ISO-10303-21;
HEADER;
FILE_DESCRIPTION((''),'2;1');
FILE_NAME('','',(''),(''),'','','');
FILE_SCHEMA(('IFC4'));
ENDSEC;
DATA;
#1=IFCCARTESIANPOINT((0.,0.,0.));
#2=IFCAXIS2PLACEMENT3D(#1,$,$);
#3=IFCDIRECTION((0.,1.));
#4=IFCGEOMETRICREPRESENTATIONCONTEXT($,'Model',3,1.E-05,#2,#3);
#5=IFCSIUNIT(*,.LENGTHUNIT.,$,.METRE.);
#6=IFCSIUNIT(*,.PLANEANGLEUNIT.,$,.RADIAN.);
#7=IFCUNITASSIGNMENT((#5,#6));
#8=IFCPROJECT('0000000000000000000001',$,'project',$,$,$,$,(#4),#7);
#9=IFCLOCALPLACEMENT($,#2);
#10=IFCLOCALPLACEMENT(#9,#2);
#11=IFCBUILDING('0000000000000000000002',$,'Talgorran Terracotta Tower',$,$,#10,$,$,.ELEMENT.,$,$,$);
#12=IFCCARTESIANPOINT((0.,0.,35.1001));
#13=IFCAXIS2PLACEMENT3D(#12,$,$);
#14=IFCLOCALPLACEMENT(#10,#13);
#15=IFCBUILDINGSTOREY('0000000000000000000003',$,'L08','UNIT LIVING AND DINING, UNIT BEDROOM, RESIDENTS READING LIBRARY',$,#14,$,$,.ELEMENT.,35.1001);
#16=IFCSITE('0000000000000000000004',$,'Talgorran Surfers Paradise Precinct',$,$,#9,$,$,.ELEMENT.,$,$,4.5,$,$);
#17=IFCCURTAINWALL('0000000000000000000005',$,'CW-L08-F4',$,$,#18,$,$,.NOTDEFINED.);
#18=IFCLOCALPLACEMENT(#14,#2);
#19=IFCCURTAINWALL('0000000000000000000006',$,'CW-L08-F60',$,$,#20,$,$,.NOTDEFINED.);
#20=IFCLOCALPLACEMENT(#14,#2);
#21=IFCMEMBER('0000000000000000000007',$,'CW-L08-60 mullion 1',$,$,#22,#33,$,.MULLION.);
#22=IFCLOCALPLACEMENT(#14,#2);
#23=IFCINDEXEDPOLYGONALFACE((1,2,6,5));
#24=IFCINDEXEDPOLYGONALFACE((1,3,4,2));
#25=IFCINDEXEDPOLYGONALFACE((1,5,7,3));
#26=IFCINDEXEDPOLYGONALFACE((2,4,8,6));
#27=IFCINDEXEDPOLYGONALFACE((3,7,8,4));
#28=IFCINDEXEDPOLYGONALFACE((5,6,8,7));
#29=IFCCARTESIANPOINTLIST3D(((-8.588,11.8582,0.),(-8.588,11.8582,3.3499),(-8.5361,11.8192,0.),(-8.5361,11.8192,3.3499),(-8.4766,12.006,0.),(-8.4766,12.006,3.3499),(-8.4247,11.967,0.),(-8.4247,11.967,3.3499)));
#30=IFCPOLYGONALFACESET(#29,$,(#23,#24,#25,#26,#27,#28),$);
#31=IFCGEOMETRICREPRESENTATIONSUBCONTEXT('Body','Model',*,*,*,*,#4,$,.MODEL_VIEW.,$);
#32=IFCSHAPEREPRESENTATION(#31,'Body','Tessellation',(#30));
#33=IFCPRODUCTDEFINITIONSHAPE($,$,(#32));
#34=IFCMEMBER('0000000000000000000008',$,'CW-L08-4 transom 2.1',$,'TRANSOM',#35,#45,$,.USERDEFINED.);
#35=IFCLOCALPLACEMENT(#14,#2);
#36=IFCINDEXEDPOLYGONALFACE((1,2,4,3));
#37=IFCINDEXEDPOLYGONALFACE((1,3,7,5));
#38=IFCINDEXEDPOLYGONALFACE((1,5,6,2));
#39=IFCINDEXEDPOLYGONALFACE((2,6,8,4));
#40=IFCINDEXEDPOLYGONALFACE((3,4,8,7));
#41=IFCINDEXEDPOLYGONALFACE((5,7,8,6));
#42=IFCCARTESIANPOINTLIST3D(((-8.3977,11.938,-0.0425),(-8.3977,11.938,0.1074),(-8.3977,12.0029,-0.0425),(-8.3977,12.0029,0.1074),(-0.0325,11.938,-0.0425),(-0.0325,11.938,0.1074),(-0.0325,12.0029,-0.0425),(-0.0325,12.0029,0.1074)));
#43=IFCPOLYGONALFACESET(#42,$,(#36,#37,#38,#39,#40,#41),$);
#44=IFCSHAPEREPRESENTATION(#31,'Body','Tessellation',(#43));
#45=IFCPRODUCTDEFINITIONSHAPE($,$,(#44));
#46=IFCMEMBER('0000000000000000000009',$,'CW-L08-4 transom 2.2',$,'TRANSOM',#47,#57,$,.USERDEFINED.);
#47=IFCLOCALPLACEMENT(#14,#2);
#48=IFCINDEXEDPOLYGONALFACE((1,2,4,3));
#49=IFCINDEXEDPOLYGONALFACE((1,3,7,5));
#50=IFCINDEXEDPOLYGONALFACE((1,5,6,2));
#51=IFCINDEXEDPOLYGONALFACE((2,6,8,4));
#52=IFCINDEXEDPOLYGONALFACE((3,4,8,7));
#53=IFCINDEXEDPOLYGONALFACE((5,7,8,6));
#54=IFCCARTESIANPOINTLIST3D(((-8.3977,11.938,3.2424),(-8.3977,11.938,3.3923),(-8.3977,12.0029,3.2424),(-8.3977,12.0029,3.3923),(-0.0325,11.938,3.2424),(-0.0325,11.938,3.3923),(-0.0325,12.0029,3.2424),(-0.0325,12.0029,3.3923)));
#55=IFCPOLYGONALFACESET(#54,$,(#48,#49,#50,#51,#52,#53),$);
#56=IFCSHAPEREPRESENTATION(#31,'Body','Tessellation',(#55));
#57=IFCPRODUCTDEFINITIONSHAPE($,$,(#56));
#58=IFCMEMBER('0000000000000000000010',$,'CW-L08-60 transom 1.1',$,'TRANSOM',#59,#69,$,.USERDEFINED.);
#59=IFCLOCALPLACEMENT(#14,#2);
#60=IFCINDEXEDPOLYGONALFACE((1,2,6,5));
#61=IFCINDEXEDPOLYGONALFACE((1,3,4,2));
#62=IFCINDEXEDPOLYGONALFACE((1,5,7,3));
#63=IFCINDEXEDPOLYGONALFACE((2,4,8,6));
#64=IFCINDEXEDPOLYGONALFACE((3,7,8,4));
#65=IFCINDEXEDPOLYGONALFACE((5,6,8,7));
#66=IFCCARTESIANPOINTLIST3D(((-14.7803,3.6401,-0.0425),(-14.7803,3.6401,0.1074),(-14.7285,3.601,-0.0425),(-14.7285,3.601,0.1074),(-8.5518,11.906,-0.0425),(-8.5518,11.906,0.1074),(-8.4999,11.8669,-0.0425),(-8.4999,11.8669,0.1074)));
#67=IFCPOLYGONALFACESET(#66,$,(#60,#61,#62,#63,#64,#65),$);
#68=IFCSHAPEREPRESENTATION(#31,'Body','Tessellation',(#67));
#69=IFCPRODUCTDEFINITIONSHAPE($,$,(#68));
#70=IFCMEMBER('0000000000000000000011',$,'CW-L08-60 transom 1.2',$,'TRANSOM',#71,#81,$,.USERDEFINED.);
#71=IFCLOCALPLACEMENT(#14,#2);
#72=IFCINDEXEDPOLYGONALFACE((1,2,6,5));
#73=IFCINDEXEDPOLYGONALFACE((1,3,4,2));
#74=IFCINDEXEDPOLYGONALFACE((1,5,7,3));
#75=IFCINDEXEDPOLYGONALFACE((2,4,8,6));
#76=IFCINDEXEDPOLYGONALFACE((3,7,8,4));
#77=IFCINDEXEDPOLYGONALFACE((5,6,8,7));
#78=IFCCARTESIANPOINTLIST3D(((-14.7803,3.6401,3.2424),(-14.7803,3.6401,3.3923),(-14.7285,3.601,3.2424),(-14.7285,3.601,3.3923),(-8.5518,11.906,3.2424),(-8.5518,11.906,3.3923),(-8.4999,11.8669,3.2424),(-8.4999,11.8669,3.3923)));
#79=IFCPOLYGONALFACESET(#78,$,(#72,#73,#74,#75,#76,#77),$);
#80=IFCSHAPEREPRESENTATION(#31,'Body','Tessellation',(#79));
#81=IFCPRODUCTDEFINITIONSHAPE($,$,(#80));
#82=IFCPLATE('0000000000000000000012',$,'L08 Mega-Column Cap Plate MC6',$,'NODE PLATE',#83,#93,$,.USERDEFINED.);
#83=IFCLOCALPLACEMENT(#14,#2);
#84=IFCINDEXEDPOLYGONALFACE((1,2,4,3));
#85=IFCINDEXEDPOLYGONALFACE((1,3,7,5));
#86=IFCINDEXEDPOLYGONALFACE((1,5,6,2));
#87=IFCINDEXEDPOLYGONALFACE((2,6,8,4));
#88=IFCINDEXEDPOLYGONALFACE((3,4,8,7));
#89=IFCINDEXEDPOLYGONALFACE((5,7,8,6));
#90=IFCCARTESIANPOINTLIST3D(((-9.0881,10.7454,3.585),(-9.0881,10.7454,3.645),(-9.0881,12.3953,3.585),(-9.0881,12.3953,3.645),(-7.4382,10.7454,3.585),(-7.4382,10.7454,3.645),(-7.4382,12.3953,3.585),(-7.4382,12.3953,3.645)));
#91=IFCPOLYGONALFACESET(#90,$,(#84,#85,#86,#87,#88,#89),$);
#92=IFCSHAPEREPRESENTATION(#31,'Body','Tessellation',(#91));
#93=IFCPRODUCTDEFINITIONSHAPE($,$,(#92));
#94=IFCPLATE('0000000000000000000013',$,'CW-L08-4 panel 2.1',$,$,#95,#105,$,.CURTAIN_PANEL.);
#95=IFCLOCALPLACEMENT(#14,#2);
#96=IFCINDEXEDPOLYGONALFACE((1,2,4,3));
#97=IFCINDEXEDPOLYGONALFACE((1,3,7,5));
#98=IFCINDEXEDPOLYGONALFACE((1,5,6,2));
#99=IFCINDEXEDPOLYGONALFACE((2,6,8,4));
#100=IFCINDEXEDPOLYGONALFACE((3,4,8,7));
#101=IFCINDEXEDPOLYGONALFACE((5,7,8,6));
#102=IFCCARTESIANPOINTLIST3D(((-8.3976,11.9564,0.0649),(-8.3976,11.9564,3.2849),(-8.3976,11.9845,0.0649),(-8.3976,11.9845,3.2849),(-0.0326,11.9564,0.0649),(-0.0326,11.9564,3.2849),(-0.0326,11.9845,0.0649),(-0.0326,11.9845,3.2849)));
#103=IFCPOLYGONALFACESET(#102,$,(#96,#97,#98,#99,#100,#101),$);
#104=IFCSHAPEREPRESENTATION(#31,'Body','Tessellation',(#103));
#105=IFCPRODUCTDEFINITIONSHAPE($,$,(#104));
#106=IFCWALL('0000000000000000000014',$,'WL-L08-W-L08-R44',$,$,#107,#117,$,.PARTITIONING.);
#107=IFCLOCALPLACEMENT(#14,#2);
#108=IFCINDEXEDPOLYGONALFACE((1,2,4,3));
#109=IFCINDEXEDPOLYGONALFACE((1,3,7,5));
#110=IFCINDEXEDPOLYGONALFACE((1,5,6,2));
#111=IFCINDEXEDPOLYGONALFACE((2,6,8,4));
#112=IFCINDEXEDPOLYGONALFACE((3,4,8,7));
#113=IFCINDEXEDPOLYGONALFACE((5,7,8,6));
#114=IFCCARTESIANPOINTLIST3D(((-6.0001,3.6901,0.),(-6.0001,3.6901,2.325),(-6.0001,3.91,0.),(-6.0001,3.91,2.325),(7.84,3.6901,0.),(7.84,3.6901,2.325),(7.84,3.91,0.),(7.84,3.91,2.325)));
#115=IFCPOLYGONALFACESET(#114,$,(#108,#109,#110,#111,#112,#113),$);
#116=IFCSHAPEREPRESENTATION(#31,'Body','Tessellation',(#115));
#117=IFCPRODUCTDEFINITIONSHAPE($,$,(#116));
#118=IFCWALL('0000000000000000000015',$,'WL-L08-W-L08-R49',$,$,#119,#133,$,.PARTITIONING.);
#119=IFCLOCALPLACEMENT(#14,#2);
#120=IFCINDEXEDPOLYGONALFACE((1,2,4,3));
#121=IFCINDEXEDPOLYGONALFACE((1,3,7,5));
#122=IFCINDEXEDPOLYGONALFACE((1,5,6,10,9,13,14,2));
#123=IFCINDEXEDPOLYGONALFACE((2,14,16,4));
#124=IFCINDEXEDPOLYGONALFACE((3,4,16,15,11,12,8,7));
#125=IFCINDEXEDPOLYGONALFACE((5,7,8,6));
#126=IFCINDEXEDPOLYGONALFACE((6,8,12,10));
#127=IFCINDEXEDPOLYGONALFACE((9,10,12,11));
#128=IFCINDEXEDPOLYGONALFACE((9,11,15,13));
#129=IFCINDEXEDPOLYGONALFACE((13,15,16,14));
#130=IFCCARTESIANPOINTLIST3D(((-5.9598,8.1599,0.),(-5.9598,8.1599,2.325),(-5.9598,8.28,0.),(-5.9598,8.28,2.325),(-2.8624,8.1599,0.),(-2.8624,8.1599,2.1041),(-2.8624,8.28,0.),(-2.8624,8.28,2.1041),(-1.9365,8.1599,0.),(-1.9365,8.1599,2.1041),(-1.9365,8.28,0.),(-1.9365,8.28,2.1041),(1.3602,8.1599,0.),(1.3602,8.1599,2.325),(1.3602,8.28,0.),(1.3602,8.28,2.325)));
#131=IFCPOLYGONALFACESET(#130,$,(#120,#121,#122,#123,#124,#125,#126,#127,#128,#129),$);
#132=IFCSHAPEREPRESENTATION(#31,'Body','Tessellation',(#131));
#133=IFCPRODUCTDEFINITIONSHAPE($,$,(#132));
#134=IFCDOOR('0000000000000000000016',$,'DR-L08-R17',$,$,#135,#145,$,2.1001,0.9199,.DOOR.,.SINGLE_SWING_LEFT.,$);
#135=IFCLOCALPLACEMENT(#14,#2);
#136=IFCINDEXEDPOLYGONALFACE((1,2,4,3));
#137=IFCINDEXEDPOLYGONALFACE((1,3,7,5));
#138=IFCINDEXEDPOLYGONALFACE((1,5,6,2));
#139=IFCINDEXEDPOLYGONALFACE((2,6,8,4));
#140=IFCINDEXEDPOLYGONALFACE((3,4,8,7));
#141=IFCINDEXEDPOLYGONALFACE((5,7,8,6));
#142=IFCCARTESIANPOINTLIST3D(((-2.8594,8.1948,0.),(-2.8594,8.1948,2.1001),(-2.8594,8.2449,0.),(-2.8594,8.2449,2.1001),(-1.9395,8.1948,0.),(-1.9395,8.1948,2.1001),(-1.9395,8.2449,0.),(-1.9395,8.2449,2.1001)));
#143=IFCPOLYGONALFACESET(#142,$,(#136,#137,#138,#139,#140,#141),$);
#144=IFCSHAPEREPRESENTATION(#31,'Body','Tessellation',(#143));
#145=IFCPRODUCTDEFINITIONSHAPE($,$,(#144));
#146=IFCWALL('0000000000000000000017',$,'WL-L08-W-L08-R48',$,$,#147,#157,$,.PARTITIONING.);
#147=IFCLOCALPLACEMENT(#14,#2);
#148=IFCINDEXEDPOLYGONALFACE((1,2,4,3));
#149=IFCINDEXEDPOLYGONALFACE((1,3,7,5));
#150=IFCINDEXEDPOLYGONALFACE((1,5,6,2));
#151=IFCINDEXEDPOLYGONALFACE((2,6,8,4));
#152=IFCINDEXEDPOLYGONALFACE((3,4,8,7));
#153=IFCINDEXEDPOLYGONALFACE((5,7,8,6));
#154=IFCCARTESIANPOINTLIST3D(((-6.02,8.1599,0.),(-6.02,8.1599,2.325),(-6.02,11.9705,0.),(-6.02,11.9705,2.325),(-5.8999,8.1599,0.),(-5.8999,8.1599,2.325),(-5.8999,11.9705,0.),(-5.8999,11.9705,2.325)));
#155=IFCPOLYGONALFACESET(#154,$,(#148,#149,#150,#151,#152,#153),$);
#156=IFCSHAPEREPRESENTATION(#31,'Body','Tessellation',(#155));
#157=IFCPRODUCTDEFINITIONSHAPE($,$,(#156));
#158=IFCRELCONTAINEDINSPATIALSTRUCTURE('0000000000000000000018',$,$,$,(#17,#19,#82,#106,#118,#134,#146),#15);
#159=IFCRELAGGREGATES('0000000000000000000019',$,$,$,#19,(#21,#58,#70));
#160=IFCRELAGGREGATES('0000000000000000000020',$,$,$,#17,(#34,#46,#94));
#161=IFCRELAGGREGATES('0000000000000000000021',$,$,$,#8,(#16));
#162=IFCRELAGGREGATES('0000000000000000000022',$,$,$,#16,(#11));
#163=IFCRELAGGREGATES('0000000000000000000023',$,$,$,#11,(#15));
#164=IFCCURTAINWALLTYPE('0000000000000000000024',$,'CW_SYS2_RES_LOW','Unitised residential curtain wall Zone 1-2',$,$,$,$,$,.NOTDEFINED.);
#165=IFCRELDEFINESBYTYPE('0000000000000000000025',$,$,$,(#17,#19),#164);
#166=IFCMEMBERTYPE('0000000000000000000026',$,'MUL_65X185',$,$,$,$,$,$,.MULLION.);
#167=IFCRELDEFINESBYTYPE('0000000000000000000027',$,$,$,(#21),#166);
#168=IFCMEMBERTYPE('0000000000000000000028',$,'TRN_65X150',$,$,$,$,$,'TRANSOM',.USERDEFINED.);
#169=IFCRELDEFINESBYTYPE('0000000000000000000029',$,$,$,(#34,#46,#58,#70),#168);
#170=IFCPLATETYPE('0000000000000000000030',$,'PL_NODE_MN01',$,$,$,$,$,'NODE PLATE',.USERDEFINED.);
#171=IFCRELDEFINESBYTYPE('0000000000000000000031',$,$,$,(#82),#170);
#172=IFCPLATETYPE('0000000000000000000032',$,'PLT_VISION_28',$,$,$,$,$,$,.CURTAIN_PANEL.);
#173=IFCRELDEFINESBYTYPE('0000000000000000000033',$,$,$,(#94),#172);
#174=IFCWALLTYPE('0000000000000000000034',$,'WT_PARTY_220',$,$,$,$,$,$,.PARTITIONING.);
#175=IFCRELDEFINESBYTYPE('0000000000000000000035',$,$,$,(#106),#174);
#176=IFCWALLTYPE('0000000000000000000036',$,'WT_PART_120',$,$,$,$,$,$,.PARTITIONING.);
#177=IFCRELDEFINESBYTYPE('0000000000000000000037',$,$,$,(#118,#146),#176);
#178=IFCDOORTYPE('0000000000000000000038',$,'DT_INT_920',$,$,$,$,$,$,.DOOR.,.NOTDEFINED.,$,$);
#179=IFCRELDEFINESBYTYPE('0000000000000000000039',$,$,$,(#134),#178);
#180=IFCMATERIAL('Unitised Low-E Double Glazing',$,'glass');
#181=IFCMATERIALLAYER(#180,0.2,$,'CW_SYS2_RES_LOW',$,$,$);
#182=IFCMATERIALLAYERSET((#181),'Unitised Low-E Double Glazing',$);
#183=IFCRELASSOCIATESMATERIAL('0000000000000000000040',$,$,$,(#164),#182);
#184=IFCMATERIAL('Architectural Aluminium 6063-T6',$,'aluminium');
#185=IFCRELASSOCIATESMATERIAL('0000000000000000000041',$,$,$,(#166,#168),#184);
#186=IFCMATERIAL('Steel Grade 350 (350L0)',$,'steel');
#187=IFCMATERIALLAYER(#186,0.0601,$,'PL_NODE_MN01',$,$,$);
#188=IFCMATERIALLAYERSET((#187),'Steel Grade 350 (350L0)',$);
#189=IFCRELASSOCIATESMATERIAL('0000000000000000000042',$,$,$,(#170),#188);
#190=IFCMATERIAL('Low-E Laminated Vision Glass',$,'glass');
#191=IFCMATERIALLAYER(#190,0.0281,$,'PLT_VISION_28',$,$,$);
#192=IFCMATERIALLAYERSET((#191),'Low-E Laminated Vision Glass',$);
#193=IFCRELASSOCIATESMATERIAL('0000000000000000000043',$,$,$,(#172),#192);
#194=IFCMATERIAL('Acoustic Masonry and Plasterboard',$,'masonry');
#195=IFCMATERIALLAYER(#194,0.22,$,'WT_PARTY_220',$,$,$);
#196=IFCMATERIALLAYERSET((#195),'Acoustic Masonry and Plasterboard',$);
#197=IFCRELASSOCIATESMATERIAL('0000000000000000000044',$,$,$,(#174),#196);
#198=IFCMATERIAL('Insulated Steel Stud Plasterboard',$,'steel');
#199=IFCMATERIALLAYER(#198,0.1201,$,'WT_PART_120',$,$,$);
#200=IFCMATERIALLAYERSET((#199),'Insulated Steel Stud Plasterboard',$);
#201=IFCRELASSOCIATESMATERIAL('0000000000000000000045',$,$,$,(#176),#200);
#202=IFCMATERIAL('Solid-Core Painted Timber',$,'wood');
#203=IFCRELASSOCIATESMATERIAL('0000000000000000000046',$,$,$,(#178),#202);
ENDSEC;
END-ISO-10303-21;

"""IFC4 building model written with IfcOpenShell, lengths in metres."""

from ifc_helpers import new_model, si_unit, direction, frame, frame_2d, origin, origin_2d, place, context, subcontext, project, spatial, rectangle, extrude, source, transform, mapped, material, layer, layer_set, material_profile, profile_set, type_object, type_shapes, element, fill, aggregate, save


model = new_model("IFC4")

# Units and contexts
model_context = context("Model", 3, precision=1e-05, world=origin(), true_north=direction((0.0, 1.0)))
body_context = subcontext(model_context, "Body", "Model", "MODEL_VIEW")
ifc_project = project(units=[si_unit("LENGTHUNIT", "METRE"), si_unit("PLANEANGLEUNIT", "RADIAN")], contexts=[model_context])

# Site, building, storey
site_placement = place(None, origin())
site = spatial("IfcSite", under=ifc_project, at=site_placement, Name="Talgorran Surfers Paradise Precinct", CompositionType="ELEMENT", RefElevation=4.5)
building_placement = place(site_placement, origin())
building = spatial("IfcBuilding", under=site, at=building_placement, Name="Talgorran Terracotta Tower", CompositionType="ELEMENT")
storey_placement = place(building_placement, frame((0.0, 0.0, 35.1001)))
storey = spatial("IfcBuildingStorey", under=building, at=storey_placement, Name="L08", Description="UNIT LIVING AND DINING, UNIT BEDROOM, RESIDENTS READING LIBRARY", CompositionType="ELEMENT", Elevation=35.1001)

# Shared definitions
ifc_material_1 = material(Name="Steel Grade 350 (350L0)", Category="steel")

# Curtain walls, member
ifc_material_2 = material(Name="Unitised Low-E Double Glazing", Category="glass")
ifc_layer_1 = layer(ifc_material_2, 0.2, Name="CW_SYS2_RES_LOW")
ifc_layer_set_1 = layer_set([ifc_layer_1], Name="Unitised Low-E Double Glazing")
curtain_wall_type = type_object("IfcCurtainWallType", Name="CW_SYS2_RES_LOW", Description="Unitised residential curtain wall Zone 1-2", PredefinedType="NOTDEFINED", material=ifc_layer_set_1)
curtain_wall_1_placement = place(storey_placement, origin())
curtain_wall_1 = element("IfcCurtainWall", 1, at=curtain_wall_1_placement, inside=storey, type_object=curtain_wall_type, Name="CW-L08-F4", PredefinedType="NOTDEFINED")
ifc_material_3 = material(Name="Architectural Aluminium 6063-T6", Category="aluminium")
ifc_material_profile_1 = material_profile(ifc_material_3, rectangle(XDim=0.0649, YDim=0.1851, at=origin_2d()), Name="CWM65X185")
ifc_profile_set_1 = profile_set([ifc_material_profile_1], Name="Architectural Aluminium 6063-T6")
member_type_1 = type_object("IfcMemberType", Name="MUL_65X185", PredefinedType="MULLION", material=ifc_profile_set_1)
curtain_wall_2_placement = place(storey_placement, origin())
curtain_wall_2 = element("IfcCurtainWall", 2, at=curtain_wall_2_placement, inside=storey, type_object=curtain_wall_type, Name="CW-L08-F60", PredefinedType="NOTDEFINED")
member_1_placement = place(storey_placement, frame((-8.5063, 11.9126, 0.0), z_axis=(0.0, 0.0, 1.0), x_axis=(0.798641, -0.601808, 0.0)))
member_1 = element("IfcMember", 3, at=member_1_placement, type_object=member_type_1, Name="CW-L08-60 mullion 1", PredefinedType="MULLION", context=body_context, shape_type="SweptSolid", body=[
    extrude(rectangle(XDim=0.0649, YDim=0.1851, at=origin_2d()), origin(), (0.0, 0.0, 1.0), 3.3499),
])

# Members
ifc_material_profile_2 = material_profile(ifc_material_3, rectangle(XDim=0.0649, YDim=0.1499, at=origin_2d()), Name="CWT65X150")
ifc_profile_set_2 = profile_set([ifc_material_profile_2], Name="Architectural Aluminium 6063-T6")
member_type_2 = type_object("IfcMemberType", Name="TRN_65X150", ElementType="TRANSOM", PredefinedType="USERDEFINED", material=ifc_profile_set_2)
member_2_placement = place(storey_placement, frame((-0.0325, 11.9705, 0.0325), z_axis=(-1.0, 0.0, 0.0), x_axis=(0.0, -1.0, 0.0)))
member_2 = element("IfcMember", 4, at=member_2_placement, type_object=member_type_2, Name="CW-L08-4 transom 2.1", ObjectType="TRANSOM", PredefinedType="USERDEFINED", context=body_context, shape_type="SweptSolid", body=[
    extrude(rectangle(XDim=0.0649, YDim=0.1499, at=origin_2d()), origin(), (0.0, 0.0, 1.0), 8.3652),
])
member_3_placement = place(storey_placement, frame((-0.0325, 11.9705, 3.3174), z_axis=(-1.0, 0.0, 0.0), x_axis=(0.0, -1.0, 0.0)))
member_3 = element("IfcMember", 5, at=member_3_placement, type_object=member_type_2, Name="CW-L08-4 transom 2.2", ObjectType="TRANSOM", PredefinedType="USERDEFINED", context=body_context, shape_type="SweptSolid", body=[
    extrude(rectangle(XDim=0.0649, YDim=0.1499, at=origin_2d()), origin(), (0.0, 0.0, 1.0), 8.3652),
])
member_4_placement = place(storey_placement, frame((-8.5259, 11.8865, 0.0325), z_axis=(-0.601799, -0.798648, 0.0), x_axis=(0.798648, -0.601799, 0.0)))
member_4 = element("IfcMember", 6, at=member_4_placement, type_object=member_type_2, Name="CW-L08-60 transom 1.1", ObjectType="TRANSOM", PredefinedType="USERDEFINED", context=body_context, shape_type="SweptSolid", body=[
    extrude(rectangle(XDim=0.0649, YDim=0.1499, at=origin_2d()), origin(), (0.0, 0.0, 1.0), 10.3499),
])
member_5_placement = place(storey_placement, frame((-8.5259, 11.8865, 3.3174), z_axis=(-0.601799, -0.798648, 0.0), x_axis=(0.798648, -0.601799, 0.0)))
member_5 = element("IfcMember", 7, at=member_5_placement, type_object=member_type_2, Name="CW-L08-60 transom 1.2", ObjectType="TRANSOM", PredefinedType="USERDEFINED", context=body_context, shape_type="SweptSolid", body=[
    extrude(rectangle(XDim=0.0649, YDim=0.1499, at=origin_2d()), origin(), (0.0, 0.0, 1.0), 10.3499),
])
aggregate(curtain_wall_2, [member_1, member_4, member_5])

# Plates
ifc_layer_2 = layer(ifc_material_1, 0.0601, Name="PL_NODE_MN01")
ifc_layer_set_2 = layer_set([ifc_layer_2], Name="Steel Grade 350 (350L0)")
plate_type_1 = type_object("IfcPlateType", Name="PL_NODE_MN01", ElementType="NODE PLATE", PredefinedType="USERDEFINED", material=ifc_layer_set_2)
plate_1_placement = place(storey_placement, frame((-8.2632, 11.5703, 3.585), z_axis=(0.0, 0.0, 1.0), x_axis=(1.0, 0.0, 0.0)))
element("IfcPlate", 8, at=plate_1_placement, inside=storey, type_object=plate_type_1, Name="L08 Mega-Column Cap Plate MC6", ObjectType="NODE PLATE", PredefinedType="USERDEFINED", context=body_context, shape_type="SweptSolid", body=[
    extrude(rectangle(XDim=1.6499, YDim=1.6499, at=origin_2d()), origin(), (0.0, 0.0, 1.0), 0.0601),
])
ifc_material_4 = material(Name="Low-E Laminated Vision Glass", Category="glass")
ifc_layer_3 = layer(ifc_material_4, 0.0281, Name="PLT_VISION_28")
ifc_layer_set_3 = layer_set([ifc_layer_3], Name="Low-E Laminated Vision Glass")
plate_type_2 = type_object("IfcPlateType", Name="PLT_VISION_28", PredefinedType="CURTAIN_PANEL", material=ifc_layer_set_3)
shared_shape = source(origin(), body_context, "Body", "SweptSolid", [
    extrude(rectangle(XDim=8.365, YDim=0.0281, at=origin_2d()), origin(), (0.0, 0.0, 1.0), 3.22),
])
type_shapes(plate_type_2, [shared_shape])
plate_2_placement = place(storey_placement, frame((-4.2151, 11.9705, 0.0649), z_axis=(0.0, 0.0, 1.0), x_axis=(-1.0, 0.0, 0.0)))
plate_2 = element("IfcPlate", 9, at=plate_2_placement, type_object=plate_type_2, Name="CW-L08-4 panel 2.1", PredefinedType="CURTAIN_PANEL", context=body_context, shape_type="MappedRepresentation", body=[
    mapped(shared_shape, transform((0.0, 0.0, 0.0), scale=1.0)),
])
aggregate(curtain_wall_1, [member_2, member_3, plate_2])

# Wall
ifc_material_5 = material(Name="Acoustic Masonry and Plasterboard", Category="masonry")
ifc_layer_4 = layer(ifc_material_5, 0.22, Name="WT_PARTY_220")
ifc_layer_set_4 = layer_set([ifc_layer_4], Name="Acoustic Masonry and Plasterboard")
wall_type_1 = type_object("IfcWallType", Name="WT_PARTY_220", PredefinedType="PARTITIONING", material=ifc_layer_set_4)
wall_1_placement = place(storey_placement, frame((-6.0, 3.8, 0.0), z_axis=(0.0, 0.0, 1.0), x_axis=(1.0, 0.0, 0.0)))
element("IfcWall", 10, at=wall_1_placement, inside=storey, type_object=wall_type_1, Name="WL-L08-W-L08-R44", PredefinedType="PARTITIONING", context=body_context, shape_type="SweptSolid", body=[
    extrude(rectangle(XDim=13.8401, YDim=0.22, at=frame_2d((6.9199, 0.0))), origin(), (0.0, 0.0, 1.0), 2.325),
])

# Wall, opening, door
ifc_material_6 = material(Name="Insulated Steel Stud Plasterboard", Category="steel")
ifc_layer_5 = layer(ifc_material_6, 0.1201, Name="WT_PART_120")
ifc_layer_set_5 = layer_set([ifc_layer_5], Name="Insulated Steel Stud Plasterboard")
wall_type_2 = type_object("IfcWallType", Name="WT_PART_120", PredefinedType="PARTITIONING", material=ifc_layer_set_5)
wall_2_placement = place(storey_placement, frame((-5.96, 8.22, 0.0), z_axis=(0.0, 0.0, 1.0), x_axis=(1.0, 0.0, 0.0)))
wall_2 = element("IfcWall", 11, at=wall_2_placement, inside=storey, type_object=wall_type_2, Name="WL-L08-W-L08-R49", PredefinedType="PARTITIONING", context=body_context, shape_type="SweptSolid", body=[
    extrude(rectangle(XDim=7.3201, YDim=0.1201, at=frame_2d((3.6602, 0.0))), origin(), (0.0, 0.0, 1.0), 2.325),
])
opening_1_placement = place(wall_2_placement, frame((3.1006, 0.0, 0.0)))
opening_1 = element("IfcOpeningElement", 12, at=opening_1_placement, cuts=wall_2, PredefinedType="OPENING", context=body_context, shape_type="SweptSolid", body=[
    extrude(rectangle(XDim=0.9259, YDim=2.1041, at=frame_2d((0.46, 1.052))), frame((0.0, 0.0701, 0.0), z_axis=(0.0, -1.0, 0.0), x_axis=(1.0, 0.0, 0.0)), (0.0, 0.0, 1.0), 0.1401),
])
ifc_material_7 = material(Name="Solid-Core Painted Timber", Category="wood")
door_type_1 = type_object("IfcDoorType", Name="DT_INT_920", OperationType="NOTDEFINED", PredefinedType="DOOR", material=ifc_material_7)
door_1_placement = place(opening_1_placement, origin())
door_1 = element("IfcDoor", 13, at=door_1_placement, inside=storey, type_object=door_type_1, Name="DR-L08-R17", OperationType="SINGLE_SWING_LEFT", OverallHeight=2.1001, OverallWidth=0.9199, PredefinedType="DOOR", context=body_context, shape_type="SweptSolid", body=[
    extrude(rectangle(XDim=0.9199, YDim=2.1001, at=frame_2d((0.46, 1.05))), frame((0.0, 0.0249, 0.0), z_axis=(0.0, -1.0, 0.0), x_axis=(1.0, 0.0, 0.0)), (0.0, 0.0, 1.0), 0.05),
])
fill(opening_1, door_1)

# Wall
wall_3_placement = place(storey_placement, frame((-5.96, 8.1599, 0.0), z_axis=(0.0, 0.0, 1.0), x_axis=(0.0, 1.0, 0.0)))
element("IfcWall", 14, at=wall_3_placement, inside=storey, type_object=wall_type_2, Name="WL-L08-W-L08-R48", PredefinedType="PARTITIONING", context=body_context, shape_type="SweptSolid", body=[
    extrude(rectangle(XDim=3.8105, YDim=0.1201, at=frame_2d((1.9053, 0.0))), origin(), (0.0, 0.0, 1.0), 2.325),
])

save(model, "model.ifc")
